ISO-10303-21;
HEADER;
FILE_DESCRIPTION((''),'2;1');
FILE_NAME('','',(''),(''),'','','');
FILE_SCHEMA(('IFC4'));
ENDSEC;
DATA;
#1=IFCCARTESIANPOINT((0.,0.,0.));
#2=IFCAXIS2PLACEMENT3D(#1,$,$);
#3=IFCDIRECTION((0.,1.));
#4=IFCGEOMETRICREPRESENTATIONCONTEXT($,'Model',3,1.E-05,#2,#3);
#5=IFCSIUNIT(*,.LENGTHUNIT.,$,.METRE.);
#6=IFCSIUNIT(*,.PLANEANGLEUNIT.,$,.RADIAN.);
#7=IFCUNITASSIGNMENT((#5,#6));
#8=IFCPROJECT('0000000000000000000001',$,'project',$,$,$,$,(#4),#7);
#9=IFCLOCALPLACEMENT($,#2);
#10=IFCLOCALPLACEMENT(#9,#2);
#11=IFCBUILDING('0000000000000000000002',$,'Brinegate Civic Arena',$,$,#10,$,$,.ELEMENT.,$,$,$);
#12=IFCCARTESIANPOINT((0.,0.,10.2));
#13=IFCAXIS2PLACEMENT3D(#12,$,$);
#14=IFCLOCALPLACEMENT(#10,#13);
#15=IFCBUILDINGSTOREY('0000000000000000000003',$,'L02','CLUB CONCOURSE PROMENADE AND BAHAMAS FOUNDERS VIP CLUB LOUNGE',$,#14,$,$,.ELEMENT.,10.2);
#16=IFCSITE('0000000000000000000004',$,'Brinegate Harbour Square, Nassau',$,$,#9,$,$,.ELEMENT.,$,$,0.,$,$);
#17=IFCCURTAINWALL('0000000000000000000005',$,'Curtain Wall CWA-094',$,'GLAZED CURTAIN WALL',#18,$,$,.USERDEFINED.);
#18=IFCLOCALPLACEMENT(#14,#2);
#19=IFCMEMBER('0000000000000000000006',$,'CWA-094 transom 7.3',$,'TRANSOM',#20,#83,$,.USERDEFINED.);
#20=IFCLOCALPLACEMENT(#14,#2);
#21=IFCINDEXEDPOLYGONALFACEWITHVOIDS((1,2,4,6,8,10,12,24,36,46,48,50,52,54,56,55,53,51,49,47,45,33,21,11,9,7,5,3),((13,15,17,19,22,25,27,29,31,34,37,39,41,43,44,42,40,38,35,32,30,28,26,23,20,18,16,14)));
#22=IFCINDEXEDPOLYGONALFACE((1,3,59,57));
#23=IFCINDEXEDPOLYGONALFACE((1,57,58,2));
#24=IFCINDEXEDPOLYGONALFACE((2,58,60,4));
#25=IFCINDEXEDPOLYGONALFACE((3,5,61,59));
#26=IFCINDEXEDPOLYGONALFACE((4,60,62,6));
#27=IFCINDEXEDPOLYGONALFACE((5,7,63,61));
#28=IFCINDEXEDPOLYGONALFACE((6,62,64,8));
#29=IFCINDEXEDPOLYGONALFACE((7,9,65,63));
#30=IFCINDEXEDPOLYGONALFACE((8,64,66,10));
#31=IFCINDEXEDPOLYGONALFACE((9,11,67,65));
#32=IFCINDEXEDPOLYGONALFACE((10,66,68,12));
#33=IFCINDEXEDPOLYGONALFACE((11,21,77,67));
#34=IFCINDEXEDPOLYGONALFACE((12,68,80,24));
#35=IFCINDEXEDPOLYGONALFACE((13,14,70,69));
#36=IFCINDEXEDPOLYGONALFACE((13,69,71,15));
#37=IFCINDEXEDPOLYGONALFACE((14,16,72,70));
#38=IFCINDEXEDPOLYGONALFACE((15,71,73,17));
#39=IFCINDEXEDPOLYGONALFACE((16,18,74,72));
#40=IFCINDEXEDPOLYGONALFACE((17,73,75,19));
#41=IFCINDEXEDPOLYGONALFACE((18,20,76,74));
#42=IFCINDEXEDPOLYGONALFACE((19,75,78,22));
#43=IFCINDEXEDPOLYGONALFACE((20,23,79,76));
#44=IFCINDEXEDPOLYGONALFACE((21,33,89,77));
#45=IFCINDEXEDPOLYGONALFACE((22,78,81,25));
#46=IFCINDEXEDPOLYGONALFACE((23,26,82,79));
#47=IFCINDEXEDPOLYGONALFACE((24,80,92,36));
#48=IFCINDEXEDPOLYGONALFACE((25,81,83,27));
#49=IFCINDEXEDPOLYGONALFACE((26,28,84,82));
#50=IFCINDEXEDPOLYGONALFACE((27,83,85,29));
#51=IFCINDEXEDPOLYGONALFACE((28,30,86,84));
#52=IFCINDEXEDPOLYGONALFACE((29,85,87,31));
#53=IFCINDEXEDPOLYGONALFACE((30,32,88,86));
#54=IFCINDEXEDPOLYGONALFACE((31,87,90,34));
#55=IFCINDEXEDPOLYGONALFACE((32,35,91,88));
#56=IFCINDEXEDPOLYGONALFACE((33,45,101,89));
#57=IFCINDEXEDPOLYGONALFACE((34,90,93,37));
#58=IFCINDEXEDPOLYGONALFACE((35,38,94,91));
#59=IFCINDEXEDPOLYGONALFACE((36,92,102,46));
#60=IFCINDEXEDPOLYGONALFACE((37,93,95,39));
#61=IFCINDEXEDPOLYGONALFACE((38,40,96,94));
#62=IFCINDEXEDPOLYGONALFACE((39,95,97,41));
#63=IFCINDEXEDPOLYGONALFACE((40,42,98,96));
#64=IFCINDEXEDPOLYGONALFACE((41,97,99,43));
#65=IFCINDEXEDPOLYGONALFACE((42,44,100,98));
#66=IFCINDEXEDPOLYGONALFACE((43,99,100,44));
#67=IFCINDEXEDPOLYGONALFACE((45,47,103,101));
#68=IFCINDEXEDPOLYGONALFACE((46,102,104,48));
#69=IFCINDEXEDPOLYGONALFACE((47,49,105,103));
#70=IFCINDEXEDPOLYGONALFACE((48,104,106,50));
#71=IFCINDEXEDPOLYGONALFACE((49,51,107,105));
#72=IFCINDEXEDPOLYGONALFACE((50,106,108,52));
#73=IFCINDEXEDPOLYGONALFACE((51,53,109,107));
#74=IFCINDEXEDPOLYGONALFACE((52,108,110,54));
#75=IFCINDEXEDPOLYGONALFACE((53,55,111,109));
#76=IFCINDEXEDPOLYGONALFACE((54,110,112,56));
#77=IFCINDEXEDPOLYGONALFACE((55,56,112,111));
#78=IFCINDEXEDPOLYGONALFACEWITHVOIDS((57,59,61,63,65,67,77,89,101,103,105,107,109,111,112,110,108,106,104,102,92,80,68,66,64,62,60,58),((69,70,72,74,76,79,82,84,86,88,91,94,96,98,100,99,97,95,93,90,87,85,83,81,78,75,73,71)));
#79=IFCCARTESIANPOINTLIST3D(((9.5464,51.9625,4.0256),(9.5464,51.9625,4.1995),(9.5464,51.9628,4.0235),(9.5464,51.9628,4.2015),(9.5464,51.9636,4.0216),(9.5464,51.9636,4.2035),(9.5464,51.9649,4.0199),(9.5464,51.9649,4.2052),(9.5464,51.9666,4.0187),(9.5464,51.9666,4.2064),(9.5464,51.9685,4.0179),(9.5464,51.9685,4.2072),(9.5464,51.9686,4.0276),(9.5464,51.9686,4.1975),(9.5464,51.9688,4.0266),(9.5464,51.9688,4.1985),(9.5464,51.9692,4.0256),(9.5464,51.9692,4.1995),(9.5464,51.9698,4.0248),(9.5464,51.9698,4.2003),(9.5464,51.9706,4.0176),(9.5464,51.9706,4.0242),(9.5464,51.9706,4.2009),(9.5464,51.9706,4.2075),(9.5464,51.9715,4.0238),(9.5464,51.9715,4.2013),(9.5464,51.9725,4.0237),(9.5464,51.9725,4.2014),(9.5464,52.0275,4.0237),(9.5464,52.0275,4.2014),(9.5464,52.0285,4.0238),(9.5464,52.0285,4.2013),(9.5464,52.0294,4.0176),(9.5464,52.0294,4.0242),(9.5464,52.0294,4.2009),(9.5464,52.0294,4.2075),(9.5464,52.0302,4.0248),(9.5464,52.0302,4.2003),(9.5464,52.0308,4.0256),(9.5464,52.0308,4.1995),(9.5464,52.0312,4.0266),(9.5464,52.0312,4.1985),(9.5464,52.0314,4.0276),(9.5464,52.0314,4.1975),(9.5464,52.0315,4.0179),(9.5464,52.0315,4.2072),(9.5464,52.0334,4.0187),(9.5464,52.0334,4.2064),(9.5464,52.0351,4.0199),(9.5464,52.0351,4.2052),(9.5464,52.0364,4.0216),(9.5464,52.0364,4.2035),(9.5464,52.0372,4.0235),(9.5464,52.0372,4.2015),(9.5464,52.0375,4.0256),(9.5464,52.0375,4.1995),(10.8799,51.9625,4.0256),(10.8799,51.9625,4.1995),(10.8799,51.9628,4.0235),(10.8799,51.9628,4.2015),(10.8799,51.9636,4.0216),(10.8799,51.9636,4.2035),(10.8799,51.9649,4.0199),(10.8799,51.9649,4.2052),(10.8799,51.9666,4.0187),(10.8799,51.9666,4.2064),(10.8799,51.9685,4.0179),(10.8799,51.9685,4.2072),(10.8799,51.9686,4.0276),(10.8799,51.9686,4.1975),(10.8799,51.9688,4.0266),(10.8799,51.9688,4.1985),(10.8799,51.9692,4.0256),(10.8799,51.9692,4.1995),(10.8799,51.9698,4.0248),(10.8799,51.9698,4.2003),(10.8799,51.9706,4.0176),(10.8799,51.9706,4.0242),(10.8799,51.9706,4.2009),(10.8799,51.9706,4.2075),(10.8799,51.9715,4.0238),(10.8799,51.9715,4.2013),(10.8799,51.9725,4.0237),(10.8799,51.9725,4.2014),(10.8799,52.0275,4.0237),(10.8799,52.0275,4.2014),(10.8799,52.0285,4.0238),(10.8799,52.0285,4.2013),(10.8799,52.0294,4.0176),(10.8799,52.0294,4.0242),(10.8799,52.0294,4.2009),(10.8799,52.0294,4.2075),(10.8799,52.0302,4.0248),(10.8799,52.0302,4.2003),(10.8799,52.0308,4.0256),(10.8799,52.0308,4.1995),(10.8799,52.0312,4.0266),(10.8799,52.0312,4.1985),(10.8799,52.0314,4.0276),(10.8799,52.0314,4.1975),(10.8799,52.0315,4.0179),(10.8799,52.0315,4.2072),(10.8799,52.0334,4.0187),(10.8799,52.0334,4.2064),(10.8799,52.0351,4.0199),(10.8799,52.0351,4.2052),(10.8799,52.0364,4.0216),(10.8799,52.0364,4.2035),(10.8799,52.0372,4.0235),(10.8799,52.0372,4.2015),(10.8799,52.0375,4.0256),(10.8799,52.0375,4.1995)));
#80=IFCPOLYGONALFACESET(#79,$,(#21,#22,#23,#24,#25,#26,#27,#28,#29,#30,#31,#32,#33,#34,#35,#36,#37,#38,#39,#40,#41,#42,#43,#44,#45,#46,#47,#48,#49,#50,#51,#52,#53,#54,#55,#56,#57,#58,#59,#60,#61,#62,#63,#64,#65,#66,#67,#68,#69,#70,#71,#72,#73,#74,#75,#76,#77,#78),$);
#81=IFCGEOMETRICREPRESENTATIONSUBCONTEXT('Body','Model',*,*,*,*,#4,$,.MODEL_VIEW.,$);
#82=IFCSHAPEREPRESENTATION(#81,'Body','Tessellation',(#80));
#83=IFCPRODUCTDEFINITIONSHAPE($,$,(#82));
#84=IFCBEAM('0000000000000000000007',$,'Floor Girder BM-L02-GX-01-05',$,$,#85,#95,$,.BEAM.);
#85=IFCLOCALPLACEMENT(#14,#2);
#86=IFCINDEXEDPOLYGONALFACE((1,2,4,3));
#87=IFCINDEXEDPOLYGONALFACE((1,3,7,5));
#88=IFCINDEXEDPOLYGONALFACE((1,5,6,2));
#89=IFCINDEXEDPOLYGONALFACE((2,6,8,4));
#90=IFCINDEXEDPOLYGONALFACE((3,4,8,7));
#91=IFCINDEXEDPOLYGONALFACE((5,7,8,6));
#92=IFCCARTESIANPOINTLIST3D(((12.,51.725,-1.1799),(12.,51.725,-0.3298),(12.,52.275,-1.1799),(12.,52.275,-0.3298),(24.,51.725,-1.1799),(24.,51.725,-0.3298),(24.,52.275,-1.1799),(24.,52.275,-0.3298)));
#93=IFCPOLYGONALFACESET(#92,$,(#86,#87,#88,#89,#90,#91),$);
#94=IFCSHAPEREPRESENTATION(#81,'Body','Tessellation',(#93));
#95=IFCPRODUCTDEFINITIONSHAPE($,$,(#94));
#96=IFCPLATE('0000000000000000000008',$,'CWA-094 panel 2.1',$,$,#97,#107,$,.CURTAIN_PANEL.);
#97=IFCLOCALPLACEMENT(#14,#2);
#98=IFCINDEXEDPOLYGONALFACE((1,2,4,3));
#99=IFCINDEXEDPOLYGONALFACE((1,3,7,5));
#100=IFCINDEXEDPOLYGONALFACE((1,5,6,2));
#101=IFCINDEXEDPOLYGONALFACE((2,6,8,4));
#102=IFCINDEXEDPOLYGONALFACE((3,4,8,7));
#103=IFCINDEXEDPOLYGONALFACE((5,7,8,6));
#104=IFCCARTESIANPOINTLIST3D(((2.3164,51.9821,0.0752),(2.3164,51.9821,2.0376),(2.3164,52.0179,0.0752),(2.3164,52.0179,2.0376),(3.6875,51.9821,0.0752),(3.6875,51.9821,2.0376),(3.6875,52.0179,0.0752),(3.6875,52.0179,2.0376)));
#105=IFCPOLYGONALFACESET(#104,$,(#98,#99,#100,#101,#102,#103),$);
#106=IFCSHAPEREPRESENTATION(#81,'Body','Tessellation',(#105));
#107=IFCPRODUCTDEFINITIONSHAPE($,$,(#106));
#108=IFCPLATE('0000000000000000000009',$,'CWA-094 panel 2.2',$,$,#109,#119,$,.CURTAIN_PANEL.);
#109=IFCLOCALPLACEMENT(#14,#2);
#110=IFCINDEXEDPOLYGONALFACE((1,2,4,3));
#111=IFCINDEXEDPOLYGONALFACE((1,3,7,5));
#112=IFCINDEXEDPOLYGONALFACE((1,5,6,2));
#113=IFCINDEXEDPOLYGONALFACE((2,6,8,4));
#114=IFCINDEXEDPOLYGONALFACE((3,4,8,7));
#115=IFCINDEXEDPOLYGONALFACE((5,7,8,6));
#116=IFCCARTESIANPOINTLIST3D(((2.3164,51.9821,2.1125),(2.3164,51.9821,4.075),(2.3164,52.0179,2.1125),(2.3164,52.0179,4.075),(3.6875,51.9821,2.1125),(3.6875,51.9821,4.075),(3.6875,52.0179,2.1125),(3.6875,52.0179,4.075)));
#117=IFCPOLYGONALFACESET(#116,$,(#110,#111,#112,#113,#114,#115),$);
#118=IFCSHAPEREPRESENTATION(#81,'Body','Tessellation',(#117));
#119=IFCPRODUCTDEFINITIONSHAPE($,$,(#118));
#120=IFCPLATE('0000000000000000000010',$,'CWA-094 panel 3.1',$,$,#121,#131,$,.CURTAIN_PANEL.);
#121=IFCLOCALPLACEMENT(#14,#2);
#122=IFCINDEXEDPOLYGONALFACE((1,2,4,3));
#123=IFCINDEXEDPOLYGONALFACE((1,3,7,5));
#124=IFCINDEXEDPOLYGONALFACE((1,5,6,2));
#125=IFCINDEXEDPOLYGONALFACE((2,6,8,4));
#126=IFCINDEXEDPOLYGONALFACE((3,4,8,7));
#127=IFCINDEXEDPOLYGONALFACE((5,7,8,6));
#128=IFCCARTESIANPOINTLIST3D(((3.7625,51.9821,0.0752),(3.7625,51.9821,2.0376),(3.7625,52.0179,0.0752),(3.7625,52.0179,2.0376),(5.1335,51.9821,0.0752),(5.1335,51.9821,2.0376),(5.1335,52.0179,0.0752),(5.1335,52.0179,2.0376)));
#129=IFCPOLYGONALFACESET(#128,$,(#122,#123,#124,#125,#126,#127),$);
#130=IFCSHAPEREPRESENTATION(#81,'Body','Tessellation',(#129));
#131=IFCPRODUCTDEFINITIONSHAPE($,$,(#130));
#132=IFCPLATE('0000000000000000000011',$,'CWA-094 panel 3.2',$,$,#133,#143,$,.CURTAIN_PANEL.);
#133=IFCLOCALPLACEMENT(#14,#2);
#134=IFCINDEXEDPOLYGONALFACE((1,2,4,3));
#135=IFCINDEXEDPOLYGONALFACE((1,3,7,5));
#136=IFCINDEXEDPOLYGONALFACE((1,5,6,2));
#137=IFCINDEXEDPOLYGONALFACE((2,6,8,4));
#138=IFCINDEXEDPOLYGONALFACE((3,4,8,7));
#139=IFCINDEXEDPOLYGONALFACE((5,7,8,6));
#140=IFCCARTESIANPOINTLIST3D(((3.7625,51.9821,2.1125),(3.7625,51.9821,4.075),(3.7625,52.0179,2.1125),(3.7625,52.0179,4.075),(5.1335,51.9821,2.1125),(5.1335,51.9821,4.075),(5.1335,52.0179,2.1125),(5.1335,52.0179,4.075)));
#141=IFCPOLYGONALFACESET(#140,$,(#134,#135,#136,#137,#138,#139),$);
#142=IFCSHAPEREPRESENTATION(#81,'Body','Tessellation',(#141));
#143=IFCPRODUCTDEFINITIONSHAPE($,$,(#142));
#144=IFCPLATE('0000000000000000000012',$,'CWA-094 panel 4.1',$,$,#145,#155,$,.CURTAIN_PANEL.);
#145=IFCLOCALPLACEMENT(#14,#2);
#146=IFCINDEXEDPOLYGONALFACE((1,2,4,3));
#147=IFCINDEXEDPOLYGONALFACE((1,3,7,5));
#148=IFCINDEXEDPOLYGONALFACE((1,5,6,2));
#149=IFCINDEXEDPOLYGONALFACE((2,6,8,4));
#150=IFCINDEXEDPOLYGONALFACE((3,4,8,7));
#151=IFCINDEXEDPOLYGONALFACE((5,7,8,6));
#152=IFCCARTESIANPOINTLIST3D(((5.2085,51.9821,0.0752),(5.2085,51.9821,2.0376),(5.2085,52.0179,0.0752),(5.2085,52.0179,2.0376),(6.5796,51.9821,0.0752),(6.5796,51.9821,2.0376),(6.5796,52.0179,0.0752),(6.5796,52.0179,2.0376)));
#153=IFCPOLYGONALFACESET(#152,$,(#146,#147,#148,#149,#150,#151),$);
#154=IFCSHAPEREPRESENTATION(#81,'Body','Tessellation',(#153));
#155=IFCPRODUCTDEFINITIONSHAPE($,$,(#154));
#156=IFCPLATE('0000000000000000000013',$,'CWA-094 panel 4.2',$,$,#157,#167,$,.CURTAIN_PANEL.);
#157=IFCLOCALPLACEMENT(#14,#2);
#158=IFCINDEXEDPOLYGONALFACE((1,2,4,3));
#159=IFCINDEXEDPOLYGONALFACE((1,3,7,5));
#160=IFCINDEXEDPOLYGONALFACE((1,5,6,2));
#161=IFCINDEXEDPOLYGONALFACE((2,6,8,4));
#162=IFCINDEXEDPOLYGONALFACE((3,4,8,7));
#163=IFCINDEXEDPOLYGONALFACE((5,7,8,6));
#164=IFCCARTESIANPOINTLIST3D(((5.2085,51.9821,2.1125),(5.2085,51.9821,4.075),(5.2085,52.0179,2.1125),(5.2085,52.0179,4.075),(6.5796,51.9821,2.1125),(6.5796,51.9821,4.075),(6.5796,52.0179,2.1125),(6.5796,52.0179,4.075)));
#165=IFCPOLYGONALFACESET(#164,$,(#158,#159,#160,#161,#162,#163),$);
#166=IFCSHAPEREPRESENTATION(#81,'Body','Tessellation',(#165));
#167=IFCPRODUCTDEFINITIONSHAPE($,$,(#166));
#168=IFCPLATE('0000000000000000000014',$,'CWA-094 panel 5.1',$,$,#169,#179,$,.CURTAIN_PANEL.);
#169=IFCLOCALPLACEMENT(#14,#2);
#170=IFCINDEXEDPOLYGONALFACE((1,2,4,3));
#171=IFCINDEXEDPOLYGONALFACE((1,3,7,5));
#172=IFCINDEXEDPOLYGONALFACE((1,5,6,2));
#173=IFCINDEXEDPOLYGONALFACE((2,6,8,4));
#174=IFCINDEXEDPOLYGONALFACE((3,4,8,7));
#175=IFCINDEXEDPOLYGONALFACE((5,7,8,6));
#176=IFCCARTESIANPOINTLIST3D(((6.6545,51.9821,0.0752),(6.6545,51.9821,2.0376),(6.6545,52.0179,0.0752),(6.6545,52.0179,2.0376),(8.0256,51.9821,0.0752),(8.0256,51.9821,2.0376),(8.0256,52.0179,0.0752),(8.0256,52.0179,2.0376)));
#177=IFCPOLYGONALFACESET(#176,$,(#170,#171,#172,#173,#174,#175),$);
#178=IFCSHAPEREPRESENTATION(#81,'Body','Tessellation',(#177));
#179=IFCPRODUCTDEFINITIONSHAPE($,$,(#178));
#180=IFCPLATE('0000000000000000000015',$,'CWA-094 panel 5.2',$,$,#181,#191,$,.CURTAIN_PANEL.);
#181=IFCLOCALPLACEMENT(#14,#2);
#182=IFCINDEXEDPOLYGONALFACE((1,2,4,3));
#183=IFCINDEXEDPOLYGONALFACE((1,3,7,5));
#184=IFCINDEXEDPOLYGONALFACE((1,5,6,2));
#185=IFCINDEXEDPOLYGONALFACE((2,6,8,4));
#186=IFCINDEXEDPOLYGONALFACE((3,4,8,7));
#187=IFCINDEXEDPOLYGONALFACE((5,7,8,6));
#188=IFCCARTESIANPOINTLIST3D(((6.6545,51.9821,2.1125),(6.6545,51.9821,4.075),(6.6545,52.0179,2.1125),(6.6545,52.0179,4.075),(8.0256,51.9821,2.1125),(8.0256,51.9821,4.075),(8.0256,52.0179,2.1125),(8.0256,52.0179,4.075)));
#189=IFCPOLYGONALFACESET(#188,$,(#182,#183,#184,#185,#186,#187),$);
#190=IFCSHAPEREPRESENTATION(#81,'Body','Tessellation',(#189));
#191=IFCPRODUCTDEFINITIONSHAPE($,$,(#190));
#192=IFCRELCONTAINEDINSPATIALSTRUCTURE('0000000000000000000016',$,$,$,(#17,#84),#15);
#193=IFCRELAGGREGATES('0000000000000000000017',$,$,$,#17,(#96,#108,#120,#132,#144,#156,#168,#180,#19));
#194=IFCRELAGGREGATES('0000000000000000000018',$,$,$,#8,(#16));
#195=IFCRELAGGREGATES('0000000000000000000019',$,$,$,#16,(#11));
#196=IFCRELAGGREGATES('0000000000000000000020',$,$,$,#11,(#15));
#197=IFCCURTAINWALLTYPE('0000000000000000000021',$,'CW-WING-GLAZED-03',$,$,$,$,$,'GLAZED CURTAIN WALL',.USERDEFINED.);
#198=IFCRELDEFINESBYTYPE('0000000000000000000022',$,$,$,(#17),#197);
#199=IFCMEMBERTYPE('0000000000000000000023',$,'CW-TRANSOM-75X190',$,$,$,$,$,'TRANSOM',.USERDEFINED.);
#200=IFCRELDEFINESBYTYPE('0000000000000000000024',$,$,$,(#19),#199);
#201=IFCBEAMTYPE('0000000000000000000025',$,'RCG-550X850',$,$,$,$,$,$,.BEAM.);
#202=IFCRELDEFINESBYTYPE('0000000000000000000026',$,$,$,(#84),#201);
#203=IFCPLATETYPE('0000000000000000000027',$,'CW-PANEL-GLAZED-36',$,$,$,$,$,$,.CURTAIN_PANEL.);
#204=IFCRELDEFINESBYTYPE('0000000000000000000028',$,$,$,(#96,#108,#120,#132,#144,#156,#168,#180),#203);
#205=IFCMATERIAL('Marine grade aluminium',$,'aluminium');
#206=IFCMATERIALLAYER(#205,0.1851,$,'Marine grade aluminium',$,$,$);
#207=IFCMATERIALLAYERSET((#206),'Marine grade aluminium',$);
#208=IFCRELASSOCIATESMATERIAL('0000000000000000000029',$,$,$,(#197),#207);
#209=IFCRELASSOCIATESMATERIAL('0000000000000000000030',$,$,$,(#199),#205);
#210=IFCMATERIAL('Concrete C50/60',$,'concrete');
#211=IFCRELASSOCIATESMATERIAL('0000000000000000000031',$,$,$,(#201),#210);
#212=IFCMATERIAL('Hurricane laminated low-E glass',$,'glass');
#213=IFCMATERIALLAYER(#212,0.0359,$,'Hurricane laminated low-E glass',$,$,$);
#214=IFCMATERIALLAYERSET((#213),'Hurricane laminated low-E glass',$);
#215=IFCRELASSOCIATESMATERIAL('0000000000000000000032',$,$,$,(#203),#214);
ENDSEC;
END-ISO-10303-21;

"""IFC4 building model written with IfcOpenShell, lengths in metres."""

from ifc_helpers import new_model, si_unit, direction, frame, origin, origin_2d, place, context, subcontext, project, spatial, rectangle, hollow_rectangle, extrude, material, layer, layer_set, material_profile, profile_set, type_object, element, aggregate, save


model = new_model("IFC4")

# Units and contexts
model_context = context("Model", 3, precision=1e-05, world=origin(), true_north=direction((0.0, 1.0)))
body_context = subcontext(model_context, "Body", "Model", "MODEL_VIEW")
ifc_project = project(units=[si_unit("LENGTHUNIT", "METRE"), si_unit("PLANEANGLEUNIT", "RADIAN")], contexts=[model_context])

# Site, building, storey
site_placement = place(None, origin())
site = spatial("IfcSite", under=ifc_project, at=site_placement, Name="Brinegate Harbour Square, Nassau", CompositionType="ELEMENT", RefElevation=0.0)
building_placement = place(site_placement, origin())
building = spatial("IfcBuilding", under=site, at=building_placement, Name="Brinegate Civic Arena", CompositionType="ELEMENT")
storey_placement = place(building_placement, frame((0.0, 0.0, 10.2)))
storey = spatial("IfcBuildingStorey", under=building, at=storey_placement, Name="L02", Description="CLUB CONCOURSE PROMENADE AND BAHAMAS FOUNDERS VIP CLUB LOUNGE", CompositionType="ELEMENT", Elevation=10.2)

# Shared definitions
ifc_material_1 = material(Name="Concrete C50/60", Category="concrete")

# Curtain wall, member
ifc_material_2 = material(Name="Marine grade aluminium", Category="aluminium")
ifc_layer_1 = layer(ifc_material_2, 0.1851, Name="Marine grade aluminium")
ifc_layer_set_1 = layer_set([ifc_layer_1], Name="Marine grade aluminium")
curtain_wall_type = type_object("IfcCurtainWallType", Name="CW-WING-GLAZED-03", ElementType="GLAZED CURTAIN WALL", PredefinedType="USERDEFINED", material=ifc_layer_set_1)
curtain_wall_placement = place(storey_placement, origin())
curtain_wall = element("IfcCurtainWall", 1, at=curtain_wall_placement, inside=storey, type_object=curtain_wall_type, Name="Curtain Wall CWA-094", ObjectType="GLAZED CURTAIN WALL", PredefinedType="USERDEFINED")
ifc_material_profile_1 = material_profile(ifc_material_2, hollow_rectangle(XDim=0.075, YDim=0.1899, WallThickness=0.0061, InnerFilletRadius=0.0039, OuterFilletRadius=0.0081, at=origin_2d()), Name="TRN75X190")
ifc_profile_set_1 = profile_set([ifc_material_profile_1], Name="Marine grade aluminium")
member_type_1 = type_object("IfcMemberType", Name="CW-TRANSOM-75X190", ElementType="TRANSOM", PredefinedType="USERDEFINED", material=ifc_profile_set_1)
member_1_placement = place(storey_placement, frame((9.5464, 52.0, 4.1125), z_axis=(1.0, 0.0, 0.0), x_axis=(0.0, 1.0, 0.0)))
member_1 = element("IfcMember", 2, at=member_1_placement, type_object=member_type_1, Name="CWA-094 transom 7.3", ObjectType="TRANSOM", PredefinedType="USERDEFINED", context=body_context, shape_type="SweptSolid", body=[
    extrude(hollow_rectangle(XDim=0.075, YDim=0.1899, WallThickness=0.0061, InnerFilletRadius=0.0039, OuterFilletRadius=0.0081, at=origin_2d()), origin(), (0.0, 0.0, 1.0), 1.3335),
])

# Beam
ifc_material_profile_2 = material_profile(ifc_material_1, rectangle(XDim=0.55, YDim=0.8501, at=origin_2d()), Name="RCB550X850")
ifc_profile_set_2 = profile_set([ifc_material_profile_2], Name="Concrete C50/60")
beam_type = type_object("IfcBeamType", Name="RCG-550X850", PredefinedType="BEAM", material=ifc_profile_set_2)
beam_placement = place(storey_placement, frame((12.0, 52.0, -0.7549), z_axis=(1.0, 0.0, 0.0), x_axis=(0.0, 1.0, 0.0)))
element("IfcBeam", 3, at=beam_placement, inside=storey, type_object=beam_type, Name="Floor Girder BM-L02-GX-01-05", PredefinedType="BEAM", context=body_context, shape_type="SweptSolid", body=[
    extrude(rectangle(XDim=0.55, YDim=0.8501, at=origin_2d()), origin(), (0.0, 0.0, 1.0), 12.0),
])

# Plates
ifc_material_3 = material(Name="Hurricane laminated low-E glass", Category="glass")
ifc_layer_2 = layer(ifc_material_3, 0.0359, Name="Hurricane laminated low-E glass")
ifc_layer_set_2 = layer_set([ifc_layer_2], Name="Hurricane laminated low-E glass")
plate_type = type_object("IfcPlateType", Name="CW-PANEL-GLAZED-36", PredefinedType="CURTAIN_PANEL", material=ifc_layer_set_2)
plate_1_placement = place(storey_placement, frame((3.002, 52.0, 0.0752), z_axis=(0.0, 0.0, 1.0), x_axis=(1.0, 0.0, 0.0)))
plate_1 = element("IfcPlate", 4, at=plate_1_placement, type_object=plate_type, Name="CWA-094 panel 2.1", PredefinedType="CURTAIN_PANEL", context=body_context, shape_type="SweptSolid", body=[
    extrude(rectangle(XDim=1.3711, YDim=0.0359, at=origin_2d()), origin(), (0.0, 0.0, 1.0), 1.9624),
])
plate_2_placement = place(storey_placement, frame((3.002, 52.0, 2.1125), z_axis=(0.0, 0.0, 1.0), x_axis=(1.0, 0.0, 0.0)))
plate_2 = element("IfcPlate", 5, at=plate_2_placement, type_object=plate_type, Name="CWA-094 panel 2.2", PredefinedType="CURTAIN_PANEL", context=body_context, shape_type="SweptSolid", body=[
    extrude(rectangle(XDim=1.3711, YDim=0.0359, at=origin_2d()), origin(), (0.0, 0.0, 1.0), 1.9624),
])
plate_3_placement = place(storey_placement, frame((4.448, 52.0, 0.0752), z_axis=(0.0, 0.0, 1.0), x_axis=(1.0, 0.0, 0.0)))
plate_3 = element("IfcPlate", 6, at=plate_3_placement, type_object=plate_type, Name="CWA-094 panel 3.1", PredefinedType="CURTAIN_PANEL", context=body_context, shape_type="SweptSolid", body=[
    extrude(rectangle(XDim=1.3711, YDim=0.0359, at=origin_2d()), origin(), (0.0, 0.0, 1.0), 1.9624),
])
plate_4_placement = place(storey_placement, frame((4.448, 52.0, 2.1125), z_axis=(0.0, 0.0, 1.0), x_axis=(1.0, 0.0, 0.0)))
plate_4 = element("IfcPlate", 7, at=plate_4_placement, type_object=plate_type, Name="CWA-094 panel 3.2", PredefinedType="CURTAIN_PANEL", context=body_context, shape_type="SweptSolid", body=[
    extrude(rectangle(XDim=1.3711, YDim=0.0359, at=origin_2d()), origin(), (0.0, 0.0, 1.0), 1.9624),
])
plate_5_placement = place(storey_placement, frame((5.894, 52.0, 0.0752), z_axis=(0.0, 0.0, 1.0), x_axis=(1.0, 0.0, 0.0)))
plate_5 = element("IfcPlate", 8, at=plate_5_placement, type_object=plate_type, Name="CWA-094 panel 4.1", PredefinedType="CURTAIN_PANEL", context=body_context, shape_type="SweptSolid", body=[
    extrude(rectangle(XDim=1.3711, YDim=0.0359, at=origin_2d()), origin(), (0.0, 0.0, 1.0), 1.9624),
])
plate_6_placement = place(storey_placement, frame((5.894, 52.0, 2.1125), z_axis=(0.0, 0.0, 1.0), x_axis=(1.0, 0.0, 0.0)))
plate_6 = element("IfcPlate", 9, at=plate_6_placement, type_object=plate_type, Name="CWA-094 panel 4.2", PredefinedType="CURTAIN_PANEL", context=body_context, shape_type="SweptSolid", body=[
    extrude(rectangle(XDim=1.3711, YDim=0.0359, at=origin_2d()), origin(), (0.0, 0.0, 1.0), 1.9624),
])
plate_7_placement = place(storey_placement, frame((7.3401, 52.0, 0.0752), z_axis=(0.0, 0.0, 1.0), x_axis=(1.0, 0.0, 0.0)))
plate_7 = element("IfcPlate", 10, at=plate_7_placement, type_object=plate_type, Name="CWA-094 panel 5.1", PredefinedType="CURTAIN_PANEL", context=body_context, shape_type="SweptSolid", body=[
    extrude(rectangle(XDim=1.3711, YDim=0.0359, at=origin_2d()), origin(), (0.0, 0.0, 1.0), 1.9624),
])
plate_8_placement = place(storey_placement, frame((7.3401, 52.0, 2.1125), z_axis=(0.0, 0.0, 1.0), x_axis=(1.0, 0.0, 0.0)))
plate_8 = element("IfcPlate", 11, at=plate_8_placement, type_object=plate_type, Name="CWA-094 panel 5.2", PredefinedType="CURTAIN_PANEL", context=body_context, shape_type="SweptSolid", body=[
    extrude(rectangle(XDim=1.3711, YDim=0.0359, at=origin_2d()), origin(), (0.0, 0.0, 1.0), 1.9624),
])
aggregate(curtain_wall, [plate_1, plate_2, plate_3, plate_4, plate_5, plate_6, plate_7, plate_8, member_1])

save(model, "model.ifc")
